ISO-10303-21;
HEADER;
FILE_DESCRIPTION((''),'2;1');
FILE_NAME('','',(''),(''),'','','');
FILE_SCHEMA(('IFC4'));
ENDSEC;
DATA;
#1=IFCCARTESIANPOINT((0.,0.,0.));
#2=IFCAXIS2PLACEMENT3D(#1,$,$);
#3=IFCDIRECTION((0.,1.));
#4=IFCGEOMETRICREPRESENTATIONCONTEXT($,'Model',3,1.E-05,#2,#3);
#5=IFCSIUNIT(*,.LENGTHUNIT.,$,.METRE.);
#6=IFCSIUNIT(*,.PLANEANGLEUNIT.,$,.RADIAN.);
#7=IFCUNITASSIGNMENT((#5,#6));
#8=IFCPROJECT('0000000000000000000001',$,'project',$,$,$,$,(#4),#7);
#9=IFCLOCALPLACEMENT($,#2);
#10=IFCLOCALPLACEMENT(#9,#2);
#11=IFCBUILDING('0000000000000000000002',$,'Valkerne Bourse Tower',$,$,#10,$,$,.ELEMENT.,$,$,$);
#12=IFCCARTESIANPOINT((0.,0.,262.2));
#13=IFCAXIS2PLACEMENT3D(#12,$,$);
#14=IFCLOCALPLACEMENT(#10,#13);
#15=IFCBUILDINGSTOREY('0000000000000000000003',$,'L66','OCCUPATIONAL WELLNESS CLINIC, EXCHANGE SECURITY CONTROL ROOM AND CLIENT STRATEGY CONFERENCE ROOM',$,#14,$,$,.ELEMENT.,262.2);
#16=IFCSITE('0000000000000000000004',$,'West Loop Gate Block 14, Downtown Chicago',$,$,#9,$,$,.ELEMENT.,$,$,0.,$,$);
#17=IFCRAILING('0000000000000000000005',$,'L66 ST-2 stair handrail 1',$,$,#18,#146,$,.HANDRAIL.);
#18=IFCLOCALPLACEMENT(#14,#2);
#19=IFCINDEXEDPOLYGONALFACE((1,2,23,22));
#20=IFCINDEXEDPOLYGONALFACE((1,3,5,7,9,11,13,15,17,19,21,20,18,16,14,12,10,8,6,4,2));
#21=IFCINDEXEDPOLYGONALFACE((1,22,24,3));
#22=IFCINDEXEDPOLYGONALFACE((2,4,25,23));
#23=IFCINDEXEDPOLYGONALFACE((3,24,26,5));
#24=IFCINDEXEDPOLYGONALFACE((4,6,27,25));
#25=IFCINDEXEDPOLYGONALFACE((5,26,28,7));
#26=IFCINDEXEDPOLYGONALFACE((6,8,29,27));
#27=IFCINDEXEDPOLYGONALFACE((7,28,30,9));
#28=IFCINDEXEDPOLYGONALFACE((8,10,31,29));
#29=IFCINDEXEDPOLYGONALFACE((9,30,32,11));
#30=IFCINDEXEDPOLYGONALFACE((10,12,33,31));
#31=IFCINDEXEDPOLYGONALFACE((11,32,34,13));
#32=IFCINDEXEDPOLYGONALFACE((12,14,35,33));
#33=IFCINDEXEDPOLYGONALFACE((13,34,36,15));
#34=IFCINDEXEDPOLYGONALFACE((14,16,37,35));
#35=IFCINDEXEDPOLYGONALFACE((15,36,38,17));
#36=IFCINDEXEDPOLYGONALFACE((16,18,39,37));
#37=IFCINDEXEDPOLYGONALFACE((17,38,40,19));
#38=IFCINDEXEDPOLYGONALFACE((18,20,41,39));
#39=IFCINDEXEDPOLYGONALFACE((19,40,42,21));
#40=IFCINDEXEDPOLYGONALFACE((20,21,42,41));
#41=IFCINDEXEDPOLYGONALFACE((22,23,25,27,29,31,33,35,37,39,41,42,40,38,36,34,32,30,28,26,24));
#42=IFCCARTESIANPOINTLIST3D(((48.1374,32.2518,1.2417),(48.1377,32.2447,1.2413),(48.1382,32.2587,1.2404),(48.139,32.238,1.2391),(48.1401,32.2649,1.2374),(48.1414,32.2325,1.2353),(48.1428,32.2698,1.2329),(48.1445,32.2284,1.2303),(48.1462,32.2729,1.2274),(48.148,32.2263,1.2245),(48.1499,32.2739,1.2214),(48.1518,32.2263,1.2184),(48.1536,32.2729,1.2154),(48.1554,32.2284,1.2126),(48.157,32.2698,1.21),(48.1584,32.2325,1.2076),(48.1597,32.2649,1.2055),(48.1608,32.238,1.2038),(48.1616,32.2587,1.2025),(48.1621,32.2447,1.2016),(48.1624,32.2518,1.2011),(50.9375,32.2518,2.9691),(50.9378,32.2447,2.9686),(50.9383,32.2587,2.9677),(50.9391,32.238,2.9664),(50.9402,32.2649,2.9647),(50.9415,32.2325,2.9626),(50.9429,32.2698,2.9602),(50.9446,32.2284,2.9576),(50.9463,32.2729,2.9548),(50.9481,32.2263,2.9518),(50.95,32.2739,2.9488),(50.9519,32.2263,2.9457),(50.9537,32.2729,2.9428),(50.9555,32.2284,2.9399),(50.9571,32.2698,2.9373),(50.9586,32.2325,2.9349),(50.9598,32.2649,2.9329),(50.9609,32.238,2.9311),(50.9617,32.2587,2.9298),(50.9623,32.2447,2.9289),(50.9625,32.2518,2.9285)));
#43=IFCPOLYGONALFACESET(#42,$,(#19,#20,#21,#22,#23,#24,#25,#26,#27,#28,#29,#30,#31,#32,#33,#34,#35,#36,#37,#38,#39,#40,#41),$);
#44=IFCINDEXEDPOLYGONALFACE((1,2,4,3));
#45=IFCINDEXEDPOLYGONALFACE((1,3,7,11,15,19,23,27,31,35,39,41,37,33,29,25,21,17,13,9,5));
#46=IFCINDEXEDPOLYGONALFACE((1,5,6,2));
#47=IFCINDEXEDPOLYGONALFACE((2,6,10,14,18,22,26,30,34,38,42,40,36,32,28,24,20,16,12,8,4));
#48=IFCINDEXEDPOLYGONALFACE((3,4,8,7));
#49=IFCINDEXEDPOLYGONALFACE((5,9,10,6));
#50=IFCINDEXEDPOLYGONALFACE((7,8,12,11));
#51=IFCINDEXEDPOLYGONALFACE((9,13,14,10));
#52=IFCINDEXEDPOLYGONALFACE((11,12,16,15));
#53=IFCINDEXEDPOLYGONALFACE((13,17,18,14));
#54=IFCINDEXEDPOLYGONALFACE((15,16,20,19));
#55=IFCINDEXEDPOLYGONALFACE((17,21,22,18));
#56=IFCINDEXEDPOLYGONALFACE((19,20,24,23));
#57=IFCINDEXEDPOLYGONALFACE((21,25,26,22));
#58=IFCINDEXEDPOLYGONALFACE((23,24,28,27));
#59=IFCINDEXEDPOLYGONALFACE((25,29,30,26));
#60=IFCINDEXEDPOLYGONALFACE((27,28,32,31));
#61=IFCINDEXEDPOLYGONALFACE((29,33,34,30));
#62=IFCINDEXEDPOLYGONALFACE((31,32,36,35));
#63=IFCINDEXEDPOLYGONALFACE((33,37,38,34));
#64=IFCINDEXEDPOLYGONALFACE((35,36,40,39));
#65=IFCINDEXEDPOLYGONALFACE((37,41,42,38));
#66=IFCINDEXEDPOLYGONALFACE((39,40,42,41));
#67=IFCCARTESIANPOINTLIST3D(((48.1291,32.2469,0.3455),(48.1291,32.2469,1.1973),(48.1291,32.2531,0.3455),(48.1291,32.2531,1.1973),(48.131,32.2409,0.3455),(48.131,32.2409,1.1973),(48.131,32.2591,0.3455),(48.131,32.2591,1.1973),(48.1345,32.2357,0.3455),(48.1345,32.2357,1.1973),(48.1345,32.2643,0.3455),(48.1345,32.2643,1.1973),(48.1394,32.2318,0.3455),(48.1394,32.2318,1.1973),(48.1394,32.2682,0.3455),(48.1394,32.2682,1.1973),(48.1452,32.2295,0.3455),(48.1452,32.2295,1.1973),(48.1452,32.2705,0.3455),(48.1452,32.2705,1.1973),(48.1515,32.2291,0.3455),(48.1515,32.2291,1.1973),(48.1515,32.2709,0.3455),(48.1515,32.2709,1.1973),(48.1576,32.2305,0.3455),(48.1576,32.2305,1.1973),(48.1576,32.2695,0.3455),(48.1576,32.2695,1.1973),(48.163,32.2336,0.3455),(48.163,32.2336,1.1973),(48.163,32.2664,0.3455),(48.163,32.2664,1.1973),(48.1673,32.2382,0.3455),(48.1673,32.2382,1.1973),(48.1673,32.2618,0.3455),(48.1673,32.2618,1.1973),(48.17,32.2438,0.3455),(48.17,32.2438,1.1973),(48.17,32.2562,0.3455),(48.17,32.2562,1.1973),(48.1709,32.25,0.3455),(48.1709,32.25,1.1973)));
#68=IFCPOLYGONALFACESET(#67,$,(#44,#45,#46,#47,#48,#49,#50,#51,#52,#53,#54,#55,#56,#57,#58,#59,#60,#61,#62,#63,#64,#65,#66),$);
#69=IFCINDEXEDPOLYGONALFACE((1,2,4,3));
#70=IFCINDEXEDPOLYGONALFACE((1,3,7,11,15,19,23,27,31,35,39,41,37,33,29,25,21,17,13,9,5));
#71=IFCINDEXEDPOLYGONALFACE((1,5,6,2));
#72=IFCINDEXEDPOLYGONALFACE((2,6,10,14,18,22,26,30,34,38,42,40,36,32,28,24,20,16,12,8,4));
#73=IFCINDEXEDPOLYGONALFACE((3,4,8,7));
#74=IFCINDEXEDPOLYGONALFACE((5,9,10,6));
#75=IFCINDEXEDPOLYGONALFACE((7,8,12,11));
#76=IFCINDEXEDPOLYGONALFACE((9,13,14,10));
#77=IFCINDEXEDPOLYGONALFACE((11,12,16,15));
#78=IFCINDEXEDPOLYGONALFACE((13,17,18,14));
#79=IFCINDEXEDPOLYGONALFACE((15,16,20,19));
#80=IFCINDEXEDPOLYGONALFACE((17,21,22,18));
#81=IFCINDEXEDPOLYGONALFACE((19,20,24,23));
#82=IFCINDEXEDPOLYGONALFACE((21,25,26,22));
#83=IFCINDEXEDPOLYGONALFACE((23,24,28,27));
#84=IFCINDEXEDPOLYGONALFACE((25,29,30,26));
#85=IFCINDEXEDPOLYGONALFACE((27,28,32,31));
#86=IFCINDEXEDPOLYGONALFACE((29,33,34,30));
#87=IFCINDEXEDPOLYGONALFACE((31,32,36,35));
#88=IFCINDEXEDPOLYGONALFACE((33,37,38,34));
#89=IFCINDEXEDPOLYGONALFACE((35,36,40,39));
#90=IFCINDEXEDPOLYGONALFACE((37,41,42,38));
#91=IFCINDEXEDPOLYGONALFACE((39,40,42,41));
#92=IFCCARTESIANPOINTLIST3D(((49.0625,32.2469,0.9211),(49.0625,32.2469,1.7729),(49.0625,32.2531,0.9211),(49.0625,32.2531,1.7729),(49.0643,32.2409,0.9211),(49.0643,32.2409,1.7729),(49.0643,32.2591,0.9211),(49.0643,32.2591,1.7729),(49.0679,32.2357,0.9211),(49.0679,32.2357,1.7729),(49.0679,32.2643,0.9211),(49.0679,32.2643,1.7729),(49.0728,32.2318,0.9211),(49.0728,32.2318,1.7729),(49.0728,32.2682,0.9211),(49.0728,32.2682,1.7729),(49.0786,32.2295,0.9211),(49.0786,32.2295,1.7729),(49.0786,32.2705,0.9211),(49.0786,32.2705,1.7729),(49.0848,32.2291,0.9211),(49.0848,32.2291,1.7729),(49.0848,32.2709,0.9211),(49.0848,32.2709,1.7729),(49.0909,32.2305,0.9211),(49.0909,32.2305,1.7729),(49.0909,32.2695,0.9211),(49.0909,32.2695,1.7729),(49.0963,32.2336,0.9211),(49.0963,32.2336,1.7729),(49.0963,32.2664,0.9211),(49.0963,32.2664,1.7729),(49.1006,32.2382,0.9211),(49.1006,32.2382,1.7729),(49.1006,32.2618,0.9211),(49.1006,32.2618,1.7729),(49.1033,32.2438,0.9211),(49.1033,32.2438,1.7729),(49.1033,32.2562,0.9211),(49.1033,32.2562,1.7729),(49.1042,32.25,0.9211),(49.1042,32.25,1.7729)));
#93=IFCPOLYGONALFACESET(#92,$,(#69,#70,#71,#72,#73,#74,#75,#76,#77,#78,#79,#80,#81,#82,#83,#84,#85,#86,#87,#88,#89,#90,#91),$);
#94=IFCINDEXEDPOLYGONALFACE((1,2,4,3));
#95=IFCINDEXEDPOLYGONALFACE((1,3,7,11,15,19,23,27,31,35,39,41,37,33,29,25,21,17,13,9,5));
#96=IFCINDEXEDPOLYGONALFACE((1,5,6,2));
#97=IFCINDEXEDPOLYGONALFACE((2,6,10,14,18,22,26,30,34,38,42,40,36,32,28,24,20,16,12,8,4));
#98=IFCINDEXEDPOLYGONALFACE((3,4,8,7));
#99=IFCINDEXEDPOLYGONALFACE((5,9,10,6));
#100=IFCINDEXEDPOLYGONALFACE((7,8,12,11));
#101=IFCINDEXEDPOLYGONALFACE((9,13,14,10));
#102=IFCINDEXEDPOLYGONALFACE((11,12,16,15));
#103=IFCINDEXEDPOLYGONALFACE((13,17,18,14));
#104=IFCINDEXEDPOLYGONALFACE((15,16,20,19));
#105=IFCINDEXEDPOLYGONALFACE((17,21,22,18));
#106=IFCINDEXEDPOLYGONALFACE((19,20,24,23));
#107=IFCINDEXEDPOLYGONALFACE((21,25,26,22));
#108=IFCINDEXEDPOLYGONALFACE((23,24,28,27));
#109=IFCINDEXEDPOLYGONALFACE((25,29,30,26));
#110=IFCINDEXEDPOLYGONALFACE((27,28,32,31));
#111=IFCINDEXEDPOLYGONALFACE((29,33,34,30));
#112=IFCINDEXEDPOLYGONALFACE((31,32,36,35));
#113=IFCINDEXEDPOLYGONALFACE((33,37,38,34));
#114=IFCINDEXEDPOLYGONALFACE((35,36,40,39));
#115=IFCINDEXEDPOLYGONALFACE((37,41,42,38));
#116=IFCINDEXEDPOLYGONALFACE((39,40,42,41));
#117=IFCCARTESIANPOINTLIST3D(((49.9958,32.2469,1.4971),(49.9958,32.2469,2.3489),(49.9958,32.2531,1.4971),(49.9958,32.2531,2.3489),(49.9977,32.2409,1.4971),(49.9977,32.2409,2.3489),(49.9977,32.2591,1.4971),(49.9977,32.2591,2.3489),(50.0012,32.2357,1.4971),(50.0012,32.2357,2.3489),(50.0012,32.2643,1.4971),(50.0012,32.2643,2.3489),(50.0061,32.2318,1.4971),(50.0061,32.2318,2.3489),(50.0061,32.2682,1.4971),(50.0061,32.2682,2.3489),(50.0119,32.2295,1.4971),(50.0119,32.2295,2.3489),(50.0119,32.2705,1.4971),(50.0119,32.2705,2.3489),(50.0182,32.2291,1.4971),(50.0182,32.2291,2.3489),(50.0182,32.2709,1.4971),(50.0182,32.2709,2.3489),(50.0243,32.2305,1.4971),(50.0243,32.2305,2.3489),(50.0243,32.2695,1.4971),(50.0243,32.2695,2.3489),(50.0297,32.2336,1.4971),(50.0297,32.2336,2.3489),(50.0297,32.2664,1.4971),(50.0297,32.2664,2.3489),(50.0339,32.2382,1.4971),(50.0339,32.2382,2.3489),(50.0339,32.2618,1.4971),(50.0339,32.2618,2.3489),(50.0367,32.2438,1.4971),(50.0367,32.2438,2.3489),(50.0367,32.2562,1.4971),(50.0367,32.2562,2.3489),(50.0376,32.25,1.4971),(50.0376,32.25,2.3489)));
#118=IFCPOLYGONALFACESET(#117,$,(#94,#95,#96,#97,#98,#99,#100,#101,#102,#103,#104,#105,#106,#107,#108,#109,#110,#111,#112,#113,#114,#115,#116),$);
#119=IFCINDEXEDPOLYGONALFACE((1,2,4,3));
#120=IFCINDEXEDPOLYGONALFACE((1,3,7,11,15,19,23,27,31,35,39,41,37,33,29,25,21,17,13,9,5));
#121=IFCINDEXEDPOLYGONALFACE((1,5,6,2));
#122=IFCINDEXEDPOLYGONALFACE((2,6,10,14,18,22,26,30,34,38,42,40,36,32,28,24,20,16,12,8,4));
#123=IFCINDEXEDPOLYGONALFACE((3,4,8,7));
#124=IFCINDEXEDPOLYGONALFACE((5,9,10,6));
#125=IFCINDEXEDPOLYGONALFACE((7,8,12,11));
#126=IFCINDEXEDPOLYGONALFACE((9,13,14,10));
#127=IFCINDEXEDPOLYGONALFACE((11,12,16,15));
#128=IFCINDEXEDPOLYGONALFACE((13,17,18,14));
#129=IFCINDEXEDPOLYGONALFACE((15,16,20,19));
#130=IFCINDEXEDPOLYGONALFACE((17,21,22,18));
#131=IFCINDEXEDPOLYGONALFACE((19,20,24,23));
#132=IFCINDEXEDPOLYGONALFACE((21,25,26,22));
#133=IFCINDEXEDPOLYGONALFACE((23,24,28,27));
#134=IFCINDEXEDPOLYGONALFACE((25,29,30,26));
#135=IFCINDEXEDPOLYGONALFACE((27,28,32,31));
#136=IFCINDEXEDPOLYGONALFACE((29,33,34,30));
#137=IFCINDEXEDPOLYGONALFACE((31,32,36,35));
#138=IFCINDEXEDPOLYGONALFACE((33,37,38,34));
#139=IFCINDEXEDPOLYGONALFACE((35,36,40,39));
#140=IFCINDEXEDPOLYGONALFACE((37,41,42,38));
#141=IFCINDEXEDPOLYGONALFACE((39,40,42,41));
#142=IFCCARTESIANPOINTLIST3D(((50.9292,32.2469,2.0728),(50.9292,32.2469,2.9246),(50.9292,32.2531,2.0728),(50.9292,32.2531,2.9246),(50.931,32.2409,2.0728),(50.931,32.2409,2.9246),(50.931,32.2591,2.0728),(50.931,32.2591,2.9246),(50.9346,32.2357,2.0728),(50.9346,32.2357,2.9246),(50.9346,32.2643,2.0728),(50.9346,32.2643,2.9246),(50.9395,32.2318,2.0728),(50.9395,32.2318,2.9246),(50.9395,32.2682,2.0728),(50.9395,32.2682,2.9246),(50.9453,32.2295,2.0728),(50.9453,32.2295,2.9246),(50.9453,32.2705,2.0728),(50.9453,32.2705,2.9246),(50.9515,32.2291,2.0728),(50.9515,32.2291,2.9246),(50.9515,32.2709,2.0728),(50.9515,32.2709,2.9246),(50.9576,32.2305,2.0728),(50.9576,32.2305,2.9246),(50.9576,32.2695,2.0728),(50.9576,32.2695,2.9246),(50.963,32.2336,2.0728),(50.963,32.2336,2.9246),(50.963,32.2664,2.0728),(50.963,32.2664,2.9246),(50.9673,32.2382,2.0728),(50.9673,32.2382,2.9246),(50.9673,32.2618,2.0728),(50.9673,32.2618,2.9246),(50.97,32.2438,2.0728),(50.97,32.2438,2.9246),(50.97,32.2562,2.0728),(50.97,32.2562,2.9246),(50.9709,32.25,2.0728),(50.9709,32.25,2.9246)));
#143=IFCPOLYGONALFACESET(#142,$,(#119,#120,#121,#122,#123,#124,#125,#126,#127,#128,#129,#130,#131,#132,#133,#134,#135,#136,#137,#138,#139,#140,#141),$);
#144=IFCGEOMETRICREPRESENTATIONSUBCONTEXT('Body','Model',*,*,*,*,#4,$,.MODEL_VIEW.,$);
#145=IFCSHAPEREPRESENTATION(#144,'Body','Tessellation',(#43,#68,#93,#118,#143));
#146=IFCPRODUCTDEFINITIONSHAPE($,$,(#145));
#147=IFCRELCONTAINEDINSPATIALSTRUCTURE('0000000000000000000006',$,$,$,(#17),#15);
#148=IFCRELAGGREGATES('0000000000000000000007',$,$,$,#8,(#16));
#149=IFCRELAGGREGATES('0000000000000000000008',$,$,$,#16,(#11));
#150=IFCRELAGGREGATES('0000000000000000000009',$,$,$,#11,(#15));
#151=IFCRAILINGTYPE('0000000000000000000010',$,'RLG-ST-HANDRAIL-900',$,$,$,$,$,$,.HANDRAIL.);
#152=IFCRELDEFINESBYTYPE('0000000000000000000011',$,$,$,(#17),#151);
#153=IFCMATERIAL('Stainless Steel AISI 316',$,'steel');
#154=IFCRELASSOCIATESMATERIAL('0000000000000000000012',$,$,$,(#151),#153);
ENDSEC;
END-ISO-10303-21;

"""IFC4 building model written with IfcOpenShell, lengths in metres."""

from ifc_helpers import new_model, si_unit, direction, frame, origin, origin_2d, place, context, subcontext, project, spatial, circle, extrude, material, type_object, element, save


model = new_model("IFC4")

# Units and contexts
model_context = context("Model", 3, precision=1e-05, world=origin(), true_north=direction((0.0, 1.0)))
body_context = subcontext(model_context, "Body", "Model", "MODEL_VIEW")
ifc_project = project(units=[si_unit("LENGTHUNIT", "METRE"), si_unit("PLANEANGLEUNIT", "RADIAN")], contexts=[model_context])

# Site, building, storey
site_placement = place(None, origin())
site = spatial("IfcSite", under=ifc_project, at=site_placement, Name="West Loop Gate Block 14, Downtown Chicago", CompositionType="ELEMENT", RefElevation=0.0)
building_placement = place(site_placement, origin())
building = spatial("IfcBuilding", under=site, at=building_placement, Name="Valkerne Bourse Tower", CompositionType="ELEMENT")
storey_placement = place(building_placement, frame((0.0, 0.0, 262.2)))
storey = spatial("IfcBuildingStorey", under=building, at=storey_placement, Name="L66", Description="OCCUPATIONAL WELLNESS CLINIC, EXCHANGE SECURITY CONTROL ROOM AND CLIENT STRATEGY CONFERENCE ROOM", CompositionType="ELEMENT", Elevation=262.2)

# Railing
ifc_material_1 = material(Name="Stainless Steel AISI 316", Category="steel")
railing_type_1 = type_object("IfcRailingType", Name="RLG-ST-HANDRAIL-900", PredefinedType="HANDRAIL", material=ifc_material_1)
railing_1_placement = place(storey_placement, frame((48.1499, 32.25, 0.3455)))
element("IfcRailing", 1, at=railing_1_placement, inside=storey, type_object=railing_type_1, Name="L66 ST-2 stair handrail 1", PredefinedType="HANDRAIL", context=body_context, shape_type="SweptSolid", body=[
    extrude(circle(Radius=0.0239, at=origin_2d()), frame((0.0, 0.0, 0.876), z_axis=(0.85109, 0.0, 0.52502), x_axis=(0.0, 1.0, 0.0)), (0.0, 0.0, 1.0), 3.29),
    extrude(circle(Radius=0.021, at=origin_2d()), origin(), (0.0, 0.0, 1.0), 0.8518),
    extrude(circle(Radius=0.021, at=origin_2d()), frame((0.9333, 0.0, 0.5757)), (0.0, 0.0, 1.0), 0.8518),
    extrude(circle(Radius=0.021, at=origin_2d()), frame((1.8667, 0.0, 1.1516)), (0.0, 0.0, 1.0), 0.8518),
    extrude(circle(Radius=0.021, at=origin_2d()), frame((2.8, 0.0, 1.7273)), (0.0, 0.0, 1.0), 0.8518),
])

save(model, "model.ifc")
